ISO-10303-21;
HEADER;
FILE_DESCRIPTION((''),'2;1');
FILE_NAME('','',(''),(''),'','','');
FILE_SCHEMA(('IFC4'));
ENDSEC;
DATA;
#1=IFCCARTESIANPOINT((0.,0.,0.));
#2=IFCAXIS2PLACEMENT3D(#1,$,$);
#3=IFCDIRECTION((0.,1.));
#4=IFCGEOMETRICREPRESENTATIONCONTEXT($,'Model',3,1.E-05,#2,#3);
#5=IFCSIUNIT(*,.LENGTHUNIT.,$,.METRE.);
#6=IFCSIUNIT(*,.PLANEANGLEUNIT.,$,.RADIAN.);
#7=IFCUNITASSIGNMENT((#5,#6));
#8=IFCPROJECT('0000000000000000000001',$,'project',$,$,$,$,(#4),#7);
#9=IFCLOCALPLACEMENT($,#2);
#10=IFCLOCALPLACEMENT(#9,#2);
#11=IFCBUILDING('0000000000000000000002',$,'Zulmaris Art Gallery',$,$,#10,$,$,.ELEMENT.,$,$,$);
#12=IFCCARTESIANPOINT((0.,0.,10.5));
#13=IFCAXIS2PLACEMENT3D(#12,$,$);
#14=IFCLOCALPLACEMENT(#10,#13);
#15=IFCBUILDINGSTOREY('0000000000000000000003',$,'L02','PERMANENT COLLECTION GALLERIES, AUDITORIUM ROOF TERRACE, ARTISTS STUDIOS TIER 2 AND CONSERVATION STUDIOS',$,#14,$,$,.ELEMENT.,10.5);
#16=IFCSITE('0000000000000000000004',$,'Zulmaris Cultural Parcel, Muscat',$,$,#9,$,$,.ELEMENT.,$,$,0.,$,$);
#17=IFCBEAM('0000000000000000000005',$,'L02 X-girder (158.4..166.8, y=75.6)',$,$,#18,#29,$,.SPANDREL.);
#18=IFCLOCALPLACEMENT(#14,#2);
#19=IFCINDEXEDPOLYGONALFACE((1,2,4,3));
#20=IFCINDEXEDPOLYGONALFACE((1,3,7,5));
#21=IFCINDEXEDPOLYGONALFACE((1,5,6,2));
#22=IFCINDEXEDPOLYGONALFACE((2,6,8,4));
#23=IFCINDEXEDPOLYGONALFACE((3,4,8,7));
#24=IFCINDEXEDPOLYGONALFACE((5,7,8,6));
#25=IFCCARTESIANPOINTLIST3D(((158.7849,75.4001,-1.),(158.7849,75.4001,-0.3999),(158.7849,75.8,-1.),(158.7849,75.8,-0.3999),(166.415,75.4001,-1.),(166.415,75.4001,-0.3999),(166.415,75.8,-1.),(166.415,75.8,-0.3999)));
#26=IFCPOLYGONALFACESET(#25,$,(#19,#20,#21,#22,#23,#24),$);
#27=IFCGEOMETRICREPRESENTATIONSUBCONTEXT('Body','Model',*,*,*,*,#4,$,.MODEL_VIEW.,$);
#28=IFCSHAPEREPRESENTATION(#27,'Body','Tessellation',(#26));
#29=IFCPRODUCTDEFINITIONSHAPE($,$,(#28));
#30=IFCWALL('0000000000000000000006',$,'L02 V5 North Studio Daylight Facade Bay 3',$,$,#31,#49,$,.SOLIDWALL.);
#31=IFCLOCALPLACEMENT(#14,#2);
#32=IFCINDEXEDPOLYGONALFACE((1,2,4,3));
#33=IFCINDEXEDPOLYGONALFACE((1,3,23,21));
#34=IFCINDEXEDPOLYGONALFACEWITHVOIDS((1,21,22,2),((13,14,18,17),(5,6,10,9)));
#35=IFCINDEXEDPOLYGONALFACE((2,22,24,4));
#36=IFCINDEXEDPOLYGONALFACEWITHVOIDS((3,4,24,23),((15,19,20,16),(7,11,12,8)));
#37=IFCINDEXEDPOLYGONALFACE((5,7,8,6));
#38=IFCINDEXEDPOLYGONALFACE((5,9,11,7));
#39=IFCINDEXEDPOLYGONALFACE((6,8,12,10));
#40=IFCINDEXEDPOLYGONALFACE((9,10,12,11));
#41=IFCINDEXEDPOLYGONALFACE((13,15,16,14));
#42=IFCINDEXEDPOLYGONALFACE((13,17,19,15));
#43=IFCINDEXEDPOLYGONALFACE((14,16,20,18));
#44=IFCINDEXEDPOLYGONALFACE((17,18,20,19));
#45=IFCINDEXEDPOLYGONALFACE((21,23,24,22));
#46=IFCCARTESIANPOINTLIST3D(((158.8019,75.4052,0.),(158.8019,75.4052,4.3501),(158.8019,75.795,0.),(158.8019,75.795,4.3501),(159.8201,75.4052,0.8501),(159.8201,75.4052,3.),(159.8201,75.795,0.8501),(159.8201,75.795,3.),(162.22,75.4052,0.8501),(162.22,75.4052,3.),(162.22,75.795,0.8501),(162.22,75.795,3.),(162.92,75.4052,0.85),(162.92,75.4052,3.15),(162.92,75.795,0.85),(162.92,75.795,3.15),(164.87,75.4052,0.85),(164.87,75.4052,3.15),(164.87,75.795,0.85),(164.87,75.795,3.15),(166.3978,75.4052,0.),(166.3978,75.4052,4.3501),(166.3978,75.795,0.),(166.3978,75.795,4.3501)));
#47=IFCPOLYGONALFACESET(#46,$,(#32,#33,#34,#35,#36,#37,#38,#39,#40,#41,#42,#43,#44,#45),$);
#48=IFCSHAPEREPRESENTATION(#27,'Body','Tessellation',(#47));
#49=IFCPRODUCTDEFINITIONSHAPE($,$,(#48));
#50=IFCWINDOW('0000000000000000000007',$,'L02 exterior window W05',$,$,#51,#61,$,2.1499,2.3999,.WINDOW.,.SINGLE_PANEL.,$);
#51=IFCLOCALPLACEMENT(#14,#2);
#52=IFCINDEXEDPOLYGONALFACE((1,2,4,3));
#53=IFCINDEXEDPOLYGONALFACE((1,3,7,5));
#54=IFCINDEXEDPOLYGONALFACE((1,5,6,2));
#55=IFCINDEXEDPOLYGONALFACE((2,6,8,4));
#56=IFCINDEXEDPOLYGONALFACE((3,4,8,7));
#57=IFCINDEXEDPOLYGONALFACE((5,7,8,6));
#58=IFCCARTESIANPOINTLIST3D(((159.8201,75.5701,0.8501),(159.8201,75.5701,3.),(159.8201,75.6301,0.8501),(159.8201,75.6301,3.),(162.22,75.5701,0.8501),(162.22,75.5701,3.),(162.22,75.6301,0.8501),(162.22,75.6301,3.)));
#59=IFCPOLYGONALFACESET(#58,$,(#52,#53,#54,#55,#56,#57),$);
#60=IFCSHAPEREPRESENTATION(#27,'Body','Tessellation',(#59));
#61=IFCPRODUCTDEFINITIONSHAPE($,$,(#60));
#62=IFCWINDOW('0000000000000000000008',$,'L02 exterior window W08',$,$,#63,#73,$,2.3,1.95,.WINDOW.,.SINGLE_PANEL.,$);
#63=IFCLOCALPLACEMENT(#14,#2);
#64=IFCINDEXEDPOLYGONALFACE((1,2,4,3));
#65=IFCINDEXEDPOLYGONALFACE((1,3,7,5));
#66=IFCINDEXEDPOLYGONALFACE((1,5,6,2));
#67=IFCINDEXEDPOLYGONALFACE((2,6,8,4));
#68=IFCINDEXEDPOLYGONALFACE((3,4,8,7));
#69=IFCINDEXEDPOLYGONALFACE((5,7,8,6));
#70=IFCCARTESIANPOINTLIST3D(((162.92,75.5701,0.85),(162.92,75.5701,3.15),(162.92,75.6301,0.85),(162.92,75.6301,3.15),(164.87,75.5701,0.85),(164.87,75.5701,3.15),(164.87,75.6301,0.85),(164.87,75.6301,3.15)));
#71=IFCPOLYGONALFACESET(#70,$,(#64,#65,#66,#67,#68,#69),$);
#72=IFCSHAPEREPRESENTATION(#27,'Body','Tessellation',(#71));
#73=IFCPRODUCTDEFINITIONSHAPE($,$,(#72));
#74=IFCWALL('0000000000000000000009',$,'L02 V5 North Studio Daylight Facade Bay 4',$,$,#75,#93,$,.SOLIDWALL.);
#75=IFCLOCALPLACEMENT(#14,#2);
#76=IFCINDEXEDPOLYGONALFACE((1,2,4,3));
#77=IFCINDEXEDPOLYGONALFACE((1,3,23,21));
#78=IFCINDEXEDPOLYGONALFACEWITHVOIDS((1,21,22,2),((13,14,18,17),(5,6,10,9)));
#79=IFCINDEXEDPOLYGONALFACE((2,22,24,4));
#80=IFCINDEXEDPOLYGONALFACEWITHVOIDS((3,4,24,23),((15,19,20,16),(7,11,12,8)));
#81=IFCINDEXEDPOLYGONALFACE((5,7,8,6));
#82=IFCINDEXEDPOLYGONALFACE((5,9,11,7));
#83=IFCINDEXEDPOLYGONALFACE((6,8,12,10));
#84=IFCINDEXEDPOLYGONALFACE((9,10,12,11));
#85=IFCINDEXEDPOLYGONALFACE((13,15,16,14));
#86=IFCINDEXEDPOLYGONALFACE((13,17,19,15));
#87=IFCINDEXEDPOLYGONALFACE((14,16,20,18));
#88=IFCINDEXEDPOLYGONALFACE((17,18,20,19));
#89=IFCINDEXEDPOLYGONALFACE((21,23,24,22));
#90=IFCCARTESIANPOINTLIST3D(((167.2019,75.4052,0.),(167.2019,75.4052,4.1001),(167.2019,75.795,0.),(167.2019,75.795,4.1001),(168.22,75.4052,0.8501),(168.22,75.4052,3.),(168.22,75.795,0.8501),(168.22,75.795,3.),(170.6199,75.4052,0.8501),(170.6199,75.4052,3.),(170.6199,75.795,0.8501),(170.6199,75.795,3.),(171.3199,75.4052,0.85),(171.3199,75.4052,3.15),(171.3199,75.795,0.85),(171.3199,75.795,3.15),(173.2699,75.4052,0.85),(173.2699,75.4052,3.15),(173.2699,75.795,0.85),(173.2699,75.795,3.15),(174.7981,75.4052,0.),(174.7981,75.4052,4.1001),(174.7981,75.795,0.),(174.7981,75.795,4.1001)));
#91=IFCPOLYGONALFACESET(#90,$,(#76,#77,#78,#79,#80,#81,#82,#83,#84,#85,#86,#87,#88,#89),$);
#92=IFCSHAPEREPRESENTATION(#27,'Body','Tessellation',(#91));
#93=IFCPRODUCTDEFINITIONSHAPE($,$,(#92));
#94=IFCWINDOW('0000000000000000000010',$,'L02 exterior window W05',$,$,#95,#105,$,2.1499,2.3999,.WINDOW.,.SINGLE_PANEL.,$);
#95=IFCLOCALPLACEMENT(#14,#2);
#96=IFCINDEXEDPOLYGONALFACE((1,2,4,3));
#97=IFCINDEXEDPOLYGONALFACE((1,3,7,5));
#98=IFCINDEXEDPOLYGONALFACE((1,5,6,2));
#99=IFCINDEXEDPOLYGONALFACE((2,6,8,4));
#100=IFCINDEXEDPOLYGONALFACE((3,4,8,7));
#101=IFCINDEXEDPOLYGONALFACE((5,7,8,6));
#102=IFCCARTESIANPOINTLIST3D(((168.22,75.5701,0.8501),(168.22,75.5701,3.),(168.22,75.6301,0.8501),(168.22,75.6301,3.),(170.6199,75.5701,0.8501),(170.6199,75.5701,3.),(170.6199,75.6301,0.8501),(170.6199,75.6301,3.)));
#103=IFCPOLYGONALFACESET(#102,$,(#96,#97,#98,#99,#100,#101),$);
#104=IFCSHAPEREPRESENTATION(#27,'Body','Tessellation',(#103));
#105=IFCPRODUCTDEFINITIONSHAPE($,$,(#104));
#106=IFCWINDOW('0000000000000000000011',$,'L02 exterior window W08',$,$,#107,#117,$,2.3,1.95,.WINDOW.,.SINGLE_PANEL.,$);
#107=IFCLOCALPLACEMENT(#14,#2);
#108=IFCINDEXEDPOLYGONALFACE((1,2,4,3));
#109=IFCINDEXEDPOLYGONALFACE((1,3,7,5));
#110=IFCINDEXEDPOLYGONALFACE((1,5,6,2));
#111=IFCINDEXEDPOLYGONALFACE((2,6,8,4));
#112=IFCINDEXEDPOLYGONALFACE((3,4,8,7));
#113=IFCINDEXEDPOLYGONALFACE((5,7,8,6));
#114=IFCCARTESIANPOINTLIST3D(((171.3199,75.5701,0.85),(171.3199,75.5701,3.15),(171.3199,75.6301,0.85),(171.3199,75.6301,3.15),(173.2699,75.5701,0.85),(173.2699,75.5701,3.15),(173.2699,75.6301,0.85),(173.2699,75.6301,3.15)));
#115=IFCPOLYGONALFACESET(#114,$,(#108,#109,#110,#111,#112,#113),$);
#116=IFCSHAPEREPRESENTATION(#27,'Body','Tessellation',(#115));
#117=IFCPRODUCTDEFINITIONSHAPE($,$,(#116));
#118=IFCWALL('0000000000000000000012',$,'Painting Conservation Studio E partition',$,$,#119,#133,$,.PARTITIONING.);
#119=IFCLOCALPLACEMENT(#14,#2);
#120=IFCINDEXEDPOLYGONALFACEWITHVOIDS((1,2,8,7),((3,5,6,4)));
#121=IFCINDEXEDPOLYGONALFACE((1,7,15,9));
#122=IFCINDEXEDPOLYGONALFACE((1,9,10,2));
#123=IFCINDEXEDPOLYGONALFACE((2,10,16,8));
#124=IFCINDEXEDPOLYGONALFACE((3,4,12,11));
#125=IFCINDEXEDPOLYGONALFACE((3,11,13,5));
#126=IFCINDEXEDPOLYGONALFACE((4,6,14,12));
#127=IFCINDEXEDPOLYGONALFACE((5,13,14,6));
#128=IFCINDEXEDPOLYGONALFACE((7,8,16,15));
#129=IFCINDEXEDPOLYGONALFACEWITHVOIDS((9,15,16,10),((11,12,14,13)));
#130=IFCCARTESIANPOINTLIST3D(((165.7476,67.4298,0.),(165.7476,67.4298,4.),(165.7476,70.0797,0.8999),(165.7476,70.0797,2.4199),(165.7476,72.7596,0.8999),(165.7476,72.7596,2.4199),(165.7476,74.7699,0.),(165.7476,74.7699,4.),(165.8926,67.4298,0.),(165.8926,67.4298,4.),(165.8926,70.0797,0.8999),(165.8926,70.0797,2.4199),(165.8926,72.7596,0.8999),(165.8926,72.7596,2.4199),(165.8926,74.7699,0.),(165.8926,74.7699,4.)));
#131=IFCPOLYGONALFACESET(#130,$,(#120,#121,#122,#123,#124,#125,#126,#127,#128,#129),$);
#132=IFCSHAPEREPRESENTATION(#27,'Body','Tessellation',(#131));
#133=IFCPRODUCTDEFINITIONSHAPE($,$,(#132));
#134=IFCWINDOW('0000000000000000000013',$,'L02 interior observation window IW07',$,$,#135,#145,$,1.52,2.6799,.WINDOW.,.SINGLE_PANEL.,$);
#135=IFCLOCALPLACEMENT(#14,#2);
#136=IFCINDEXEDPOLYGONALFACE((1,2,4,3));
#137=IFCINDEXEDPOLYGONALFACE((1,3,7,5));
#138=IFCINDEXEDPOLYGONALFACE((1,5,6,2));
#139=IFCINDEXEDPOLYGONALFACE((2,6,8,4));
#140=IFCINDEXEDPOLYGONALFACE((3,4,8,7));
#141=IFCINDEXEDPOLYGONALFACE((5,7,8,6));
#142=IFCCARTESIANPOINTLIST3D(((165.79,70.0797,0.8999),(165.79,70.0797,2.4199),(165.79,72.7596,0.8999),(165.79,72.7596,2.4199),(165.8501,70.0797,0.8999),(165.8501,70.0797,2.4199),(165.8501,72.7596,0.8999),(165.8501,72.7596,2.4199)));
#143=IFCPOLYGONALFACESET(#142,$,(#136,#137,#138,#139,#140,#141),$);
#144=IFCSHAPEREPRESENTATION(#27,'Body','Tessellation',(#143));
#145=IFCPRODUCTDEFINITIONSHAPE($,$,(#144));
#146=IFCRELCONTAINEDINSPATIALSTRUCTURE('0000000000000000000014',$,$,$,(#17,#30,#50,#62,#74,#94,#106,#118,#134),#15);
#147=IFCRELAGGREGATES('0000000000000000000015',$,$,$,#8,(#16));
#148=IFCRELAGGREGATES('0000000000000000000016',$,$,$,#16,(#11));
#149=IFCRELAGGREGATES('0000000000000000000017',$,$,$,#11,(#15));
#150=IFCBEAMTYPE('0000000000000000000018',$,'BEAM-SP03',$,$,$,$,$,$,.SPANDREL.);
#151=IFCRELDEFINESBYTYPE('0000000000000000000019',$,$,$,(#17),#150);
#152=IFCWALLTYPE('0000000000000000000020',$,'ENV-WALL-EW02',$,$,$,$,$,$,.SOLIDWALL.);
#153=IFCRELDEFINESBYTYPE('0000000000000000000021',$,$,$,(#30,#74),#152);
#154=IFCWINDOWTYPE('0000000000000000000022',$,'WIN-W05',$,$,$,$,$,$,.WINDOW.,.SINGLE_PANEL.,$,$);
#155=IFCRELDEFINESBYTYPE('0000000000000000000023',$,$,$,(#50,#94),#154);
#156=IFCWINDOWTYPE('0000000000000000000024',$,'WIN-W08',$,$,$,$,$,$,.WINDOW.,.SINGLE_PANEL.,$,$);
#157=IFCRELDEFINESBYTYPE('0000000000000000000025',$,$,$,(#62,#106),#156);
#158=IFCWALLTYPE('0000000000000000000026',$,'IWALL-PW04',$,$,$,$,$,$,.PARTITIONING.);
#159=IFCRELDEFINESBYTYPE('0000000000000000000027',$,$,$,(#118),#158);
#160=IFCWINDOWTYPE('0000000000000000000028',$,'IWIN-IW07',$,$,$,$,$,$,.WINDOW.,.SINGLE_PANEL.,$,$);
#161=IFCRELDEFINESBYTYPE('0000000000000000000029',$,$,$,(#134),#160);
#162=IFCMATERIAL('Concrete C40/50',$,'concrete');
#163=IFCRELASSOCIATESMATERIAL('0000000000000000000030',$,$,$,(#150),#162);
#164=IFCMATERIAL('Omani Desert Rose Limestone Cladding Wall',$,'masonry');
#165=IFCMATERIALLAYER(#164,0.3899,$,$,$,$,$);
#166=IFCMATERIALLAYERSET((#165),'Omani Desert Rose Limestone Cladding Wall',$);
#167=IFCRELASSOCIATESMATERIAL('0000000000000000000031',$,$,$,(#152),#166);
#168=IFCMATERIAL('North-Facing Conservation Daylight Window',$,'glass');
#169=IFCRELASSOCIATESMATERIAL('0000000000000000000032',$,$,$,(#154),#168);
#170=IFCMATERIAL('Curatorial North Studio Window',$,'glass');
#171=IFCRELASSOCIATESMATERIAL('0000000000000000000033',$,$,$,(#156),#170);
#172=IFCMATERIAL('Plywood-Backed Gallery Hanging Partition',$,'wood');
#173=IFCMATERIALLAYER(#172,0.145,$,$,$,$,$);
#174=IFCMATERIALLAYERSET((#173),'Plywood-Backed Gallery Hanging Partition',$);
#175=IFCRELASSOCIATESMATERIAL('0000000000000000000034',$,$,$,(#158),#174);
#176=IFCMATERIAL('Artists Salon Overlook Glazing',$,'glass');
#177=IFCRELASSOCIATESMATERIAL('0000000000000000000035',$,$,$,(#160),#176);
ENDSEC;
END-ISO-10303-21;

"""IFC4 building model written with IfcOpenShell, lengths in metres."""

from ifc_helpers import new_model, si_unit, direction, frame, frame_2d, origin, origin_2d, place, context, subcontext, project, spatial, rectangle, extrude, material, layer, layer_set, material_profile, profile_set, type_object, element, fill, save


model = new_model("IFC4")

# Units and contexts
model_context = context("Model", 3, precision=1e-05, world=origin(), true_north=direction((0.0, 1.0)))
body_context = subcontext(model_context, "Body", "Model", "MODEL_VIEW")
ifc_project = project(units=[si_unit("LENGTHUNIT", "METRE"), si_unit("PLANEANGLEUNIT", "RADIAN")], contexts=[model_context])

# Site, building, storey
site_placement = place(None, origin())
site = spatial("IfcSite", under=ifc_project, at=site_placement, Name="Zulmaris Cultural Parcel, Muscat", CompositionType="ELEMENT", RefElevation=0.0)
building_placement = place(site_placement, origin())
building = spatial("IfcBuilding", under=site, at=building_placement, Name="Zulmaris Art Gallery", CompositionType="ELEMENT")
storey_placement = place(building_placement, frame((0.0, 0.0, 10.5)))
storey = spatial("IfcBuildingStorey", under=building, at=storey_placement, Name="L02", Description="PERMANENT COLLECTION GALLERIES, AUDITORIUM ROOF TERRACE, ARTISTS STUDIOS TIER 2 AND CONSERVATION STUDIOS", CompositionType="ELEMENT", Elevation=10.5)

# Shared definitions
ifc_material_1 = material(Name="Concrete C40/50", Category="concrete")

# Beam
ifc_material_profile_1 = material_profile(ifc_material_1, rectangle(XDim=0.3999, YDim=0.6001, at=origin_2d()), Name="RC 400x600")
ifc_profile_set_1 = profile_set([ifc_material_profile_1], Name="Concrete C40/50")
beam_type_1 = type_object("IfcBeamType", Name="BEAM-SP03", PredefinedType="SPANDREL", material=ifc_profile_set_1)
beam_1_placement = place(storey_placement, frame((158.7849, 75.6001, -0.7), z_axis=(1.0, 0.0, 0.0), x_axis=(0.0, 1.0, 0.0)))
element("IfcBeam", 1, at=beam_1_placement, inside=storey, type_object=beam_type_1, Name="L02 X-girder (158.4..166.8, y=75.6)", PredefinedType="SPANDREL", context=body_context, shape_type="SweptSolid", body=[
    extrude(rectangle(XDim=0.3999, YDim=0.6001, at=origin_2d()), origin(), (0.0, 0.0, 1.0), 7.6301),
])

# Walls, openings, windows
ifc_material_2 = material(Name="Omani Desert Rose Limestone Cladding Wall", Category="masonry")
ifc_layer_1 = layer(ifc_material_2, 0.3899)
ifc_layer_set_1 = layer_set([ifc_layer_1], Name="Omani Desert Rose Limestone Cladding Wall")
wall_type_1 = type_object("IfcWallType", Name="ENV-WALL-EW02", PredefinedType="SOLIDWALL", material=ifc_layer_set_1)
wall_1_placement = place(storey_placement, frame((158.802, 75.6001, 0.0), z_axis=(0.0, 0.0, 1.0), x_axis=(1.0, 0.0, 0.0)))
wall_1 = element("IfcWall", 2, at=wall_1_placement, inside=storey, type_object=wall_type_1, Name="L02 V5 North Studio Daylight Facade Bay 3", PredefinedType="SOLIDWALL", context=body_context, shape_type="SweptSolid", body=[
    extrude(rectangle(XDim=7.5959, YDim=0.3899, at=frame_2d((3.7979, 0.0))), origin(), (0.0, 0.0, 1.0), 4.3501),
])
opening_1_placement = place(wall_1_placement, frame((1.0181, 0.0, 0.8501)))
opening_1 = element("IfcOpeningElement", 3, at=opening_1_placement, cuts=wall_1, PredefinedType="OPENING", context=body_context, shape_type="SweptSolid", body=[
    extrude(rectangle(XDim=2.3999, YDim=2.1499, at=frame_2d((1.2, 1.075))), frame((0.0, 0.2048, 0.0), z_axis=(0.0, -1.0, 0.0), x_axis=(1.0, 0.0, 0.0)), (0.0, 0.0, 1.0), 0.4099),
])
opening_2_placement = place(wall_1_placement, frame((4.1179, 0.0, 0.8501)))
opening_2 = element("IfcOpeningElement", 4, at=opening_2_placement, cuts=wall_1, PredefinedType="OPENING", context=body_context, shape_type="SweptSolid", body=[
    extrude(rectangle(XDim=1.95, YDim=2.3, at=frame_2d((0.9751, 1.1499))), frame((0.0, 0.2048, 0.0), z_axis=(0.0, -1.0, 0.0), x_axis=(1.0, 0.0, 0.0)), (0.0, 0.0, 1.0), 0.4099),
])
ifc_material_3 = material(Name="North-Facing Conservation Daylight Window", Category="glass")
window_type_1 = type_object("IfcWindowType", Name="WIN-W05", PartitioningType="SINGLE_PANEL", PredefinedType="WINDOW", material=ifc_material_3)
window_1_placement = place(opening_1_placement, origin())
window_1 = element("IfcWindow", 5, at=window_1_placement, inside=storey, type_object=window_type_1, Name="L02 exterior window W05", OverallHeight=2.1499, OverallWidth=2.3999, PartitioningType="SINGLE_PANEL", PredefinedType="WINDOW", context=body_context, shape_type="SweptSolid", body=[
    extrude(rectangle(XDim=2.3999, YDim=2.1499, at=frame_2d((1.2, 1.075))), frame((0.0, 0.03, 0.0), z_axis=(0.0, -1.0, 0.0), x_axis=(1.0, 0.0, 0.0)), (0.0, 0.0, 1.0), 0.0601),
])
fill(opening_1, window_1)
ifc_material_4 = material(Name="Curatorial North Studio Window", Category="glass")
window_type_2 = type_object("IfcWindowType", Name="WIN-W08", PartitioningType="SINGLE_PANEL", PredefinedType="WINDOW", material=ifc_material_4)
window_2_placement = place(opening_2_placement, origin())
window_2 = element("IfcWindow", 6, at=window_2_placement, inside=storey, type_object=window_type_2, Name="L02 exterior window W08", OverallHeight=2.3, OverallWidth=1.95, PartitioningType="SINGLE_PANEL", PredefinedType="WINDOW", context=body_context, shape_type="SweptSolid", body=[
    extrude(rectangle(XDim=1.95, YDim=2.3, at=frame_2d((0.9751, 1.1499))), frame((0.0, 0.03, 0.0), z_axis=(0.0, -1.0, 0.0), x_axis=(1.0, 0.0, 0.0)), (0.0, 0.0, 1.0), 0.0601),
])
fill(opening_2, window_2)
wall_2_placement = place(storey_placement, frame((167.2019, 75.6001, 0.0), z_axis=(0.0, 0.0, 1.0), x_axis=(1.0, 0.0, 0.0)))
wall_2 = element("IfcWall", 7, at=wall_2_placement, inside=storey, type_object=wall_type_1, Name="L02 V5 North Studio Daylight Facade Bay 4", PredefinedType="SOLIDWALL", context=body_context, shape_type="SweptSolid", body=[
    extrude(rectangle(XDim=7.5962, YDim=0.3899, at=frame_2d((3.7981, 0.0))), origin(), (0.0, 0.0, 1.0), 4.1001),
])
opening_3_placement = place(wall_2_placement, frame((1.0181, 0.0, 0.8501)))
opening_3 = element("IfcOpeningElement", 8, at=opening_3_placement, cuts=wall_2, PredefinedType="OPENING", context=body_context, shape_type="SweptSolid", body=[
    extrude(rectangle(XDim=2.3999, YDim=2.1499, at=frame_2d((1.2, 1.075))), frame((0.0, 0.2048, 0.0), z_axis=(0.0, -1.0, 0.0), x_axis=(1.0, 0.0, 0.0)), (0.0, 0.0, 1.0), 0.4099),
])
opening_4_placement = place(wall_2_placement, frame((4.1179, 0.0, 0.8501)))
opening_4 = element("IfcOpeningElement", 9, at=opening_4_placement, cuts=wall_2, PredefinedType="OPENING", context=body_context, shape_type="SweptSolid", body=[
    extrude(rectangle(XDim=1.95, YDim=2.3, at=frame_2d((0.9751, 1.1499))), frame((0.0, 0.2048, 0.0), z_axis=(0.0, -1.0, 0.0), x_axis=(1.0, 0.0, 0.0)), (0.0, 0.0, 1.0), 0.4099),
])
window_3_placement = place(opening_3_placement, origin())
window_3 = element("IfcWindow", 10, at=window_3_placement, inside=storey, type_object=window_type_1, Name="L02 exterior window W05", OverallHeight=2.1499, OverallWidth=2.3999, PartitioningType="SINGLE_PANEL", PredefinedType="WINDOW", context=body_context, shape_type="SweptSolid", body=[
    extrude(rectangle(XDim=2.3999, YDim=2.1499, at=frame_2d((1.2, 1.075))), frame((0.0, 0.03, 0.0), z_axis=(0.0, -1.0, 0.0), x_axis=(1.0, 0.0, 0.0)), (0.0, 0.0, 1.0), 0.0601),
])
fill(opening_3, window_3)
window_4_placement = place(opening_4_placement, origin())
window_4 = element("IfcWindow", 11, at=window_4_placement, inside=storey, type_object=window_type_2, Name="L02 exterior window W08", OverallHeight=2.3, OverallWidth=1.95, PartitioningType="SINGLE_PANEL", PredefinedType="WINDOW", context=body_context, shape_type="SweptSolid", body=[
    extrude(rectangle(XDim=1.95, YDim=2.3, at=frame_2d((0.9751, 1.1499))), frame((0.0, 0.03, 0.0), z_axis=(0.0, -1.0, 0.0), x_axis=(1.0, 0.0, 0.0)), (0.0, 0.0, 1.0), 0.0601),
])
fill(opening_4, window_4)

# Wall, opening, window
ifc_material_5 = material(Name="Plywood-Backed Gallery Hanging Partition", Category="wood")
ifc_layer_2 = layer(ifc_material_5, 0.145)
ifc_layer_set_2 = layer_set([ifc_layer_2], Name="Plywood-Backed Gallery Hanging Partition")
wall_type_2 = type_object("IfcWallType", Name="IWALL-PW04", PredefinedType="PARTITIONING", material=ifc_layer_set_2)
wall_3_placement = place(storey_placement, frame((165.8201, 67.4299, 0.0), z_axis=(0.0, 0.0, 1.0), x_axis=(0.0, 1.0, 0.0)))
wall_3 = element("IfcWall", 12, at=wall_3_placement, inside=storey, type_object=wall_type_2, Name="Painting Conservation Studio E partition", PredefinedType="PARTITIONING", context=body_context, shape_type="SweptSolid", body=[
    extrude(rectangle(XDim=7.3401, YDim=0.145, at=frame_2d((3.6699, 0.0))), origin(), (0.0, 0.0, 1.0), 4.0),
])
opening_5_placement = place(wall_3_placement, frame((2.6499, 0.0, 0.8999)))
opening_5 = element("IfcOpeningElement", 13, at=opening_5_placement, cuts=wall_3, PredefinedType="OPENING", context=body_context, shape_type="SweptSolid", body=[
    extrude(rectangle(XDim=2.6799, YDim=1.52, at=frame_2d((1.3398, 0.76))), frame((0.0, 0.0825, 0.0), z_axis=(0.0, -1.0, 0.0), x_axis=(1.0, 0.0, 0.0)), (0.0, 0.0, 1.0), 0.165),
])
ifc_material_6 = material(Name="Artists Salon Overlook Glazing", Category="glass")
window_type_3 = type_object("IfcWindowType", Name="IWIN-IW07", PartitioningType="SINGLE_PANEL", PredefinedType="WINDOW", material=ifc_material_6)
window_5_placement = place(opening_5_placement, origin())
window_5 = element("IfcWindow", 14, at=window_5_placement, inside=storey, type_object=window_type_3, Name="L02 interior observation window IW07", OverallHeight=1.52, OverallWidth=2.6799, PartitioningType="SINGLE_PANEL", PredefinedType="WINDOW", context=body_context, shape_type="SweptSolid", body=[
    extrude(rectangle(XDim=2.6799, YDim=1.52, at=frame_2d((1.3398, 0.76))), frame((0.0, 0.03, 0.0), z_axis=(0.0, -1.0, 0.0), x_axis=(1.0, 0.0, 0.0)), (0.0, 0.0, 1.0), 0.0601),
])
fill(opening_5, window_5)

save(model, "model.ifc")
